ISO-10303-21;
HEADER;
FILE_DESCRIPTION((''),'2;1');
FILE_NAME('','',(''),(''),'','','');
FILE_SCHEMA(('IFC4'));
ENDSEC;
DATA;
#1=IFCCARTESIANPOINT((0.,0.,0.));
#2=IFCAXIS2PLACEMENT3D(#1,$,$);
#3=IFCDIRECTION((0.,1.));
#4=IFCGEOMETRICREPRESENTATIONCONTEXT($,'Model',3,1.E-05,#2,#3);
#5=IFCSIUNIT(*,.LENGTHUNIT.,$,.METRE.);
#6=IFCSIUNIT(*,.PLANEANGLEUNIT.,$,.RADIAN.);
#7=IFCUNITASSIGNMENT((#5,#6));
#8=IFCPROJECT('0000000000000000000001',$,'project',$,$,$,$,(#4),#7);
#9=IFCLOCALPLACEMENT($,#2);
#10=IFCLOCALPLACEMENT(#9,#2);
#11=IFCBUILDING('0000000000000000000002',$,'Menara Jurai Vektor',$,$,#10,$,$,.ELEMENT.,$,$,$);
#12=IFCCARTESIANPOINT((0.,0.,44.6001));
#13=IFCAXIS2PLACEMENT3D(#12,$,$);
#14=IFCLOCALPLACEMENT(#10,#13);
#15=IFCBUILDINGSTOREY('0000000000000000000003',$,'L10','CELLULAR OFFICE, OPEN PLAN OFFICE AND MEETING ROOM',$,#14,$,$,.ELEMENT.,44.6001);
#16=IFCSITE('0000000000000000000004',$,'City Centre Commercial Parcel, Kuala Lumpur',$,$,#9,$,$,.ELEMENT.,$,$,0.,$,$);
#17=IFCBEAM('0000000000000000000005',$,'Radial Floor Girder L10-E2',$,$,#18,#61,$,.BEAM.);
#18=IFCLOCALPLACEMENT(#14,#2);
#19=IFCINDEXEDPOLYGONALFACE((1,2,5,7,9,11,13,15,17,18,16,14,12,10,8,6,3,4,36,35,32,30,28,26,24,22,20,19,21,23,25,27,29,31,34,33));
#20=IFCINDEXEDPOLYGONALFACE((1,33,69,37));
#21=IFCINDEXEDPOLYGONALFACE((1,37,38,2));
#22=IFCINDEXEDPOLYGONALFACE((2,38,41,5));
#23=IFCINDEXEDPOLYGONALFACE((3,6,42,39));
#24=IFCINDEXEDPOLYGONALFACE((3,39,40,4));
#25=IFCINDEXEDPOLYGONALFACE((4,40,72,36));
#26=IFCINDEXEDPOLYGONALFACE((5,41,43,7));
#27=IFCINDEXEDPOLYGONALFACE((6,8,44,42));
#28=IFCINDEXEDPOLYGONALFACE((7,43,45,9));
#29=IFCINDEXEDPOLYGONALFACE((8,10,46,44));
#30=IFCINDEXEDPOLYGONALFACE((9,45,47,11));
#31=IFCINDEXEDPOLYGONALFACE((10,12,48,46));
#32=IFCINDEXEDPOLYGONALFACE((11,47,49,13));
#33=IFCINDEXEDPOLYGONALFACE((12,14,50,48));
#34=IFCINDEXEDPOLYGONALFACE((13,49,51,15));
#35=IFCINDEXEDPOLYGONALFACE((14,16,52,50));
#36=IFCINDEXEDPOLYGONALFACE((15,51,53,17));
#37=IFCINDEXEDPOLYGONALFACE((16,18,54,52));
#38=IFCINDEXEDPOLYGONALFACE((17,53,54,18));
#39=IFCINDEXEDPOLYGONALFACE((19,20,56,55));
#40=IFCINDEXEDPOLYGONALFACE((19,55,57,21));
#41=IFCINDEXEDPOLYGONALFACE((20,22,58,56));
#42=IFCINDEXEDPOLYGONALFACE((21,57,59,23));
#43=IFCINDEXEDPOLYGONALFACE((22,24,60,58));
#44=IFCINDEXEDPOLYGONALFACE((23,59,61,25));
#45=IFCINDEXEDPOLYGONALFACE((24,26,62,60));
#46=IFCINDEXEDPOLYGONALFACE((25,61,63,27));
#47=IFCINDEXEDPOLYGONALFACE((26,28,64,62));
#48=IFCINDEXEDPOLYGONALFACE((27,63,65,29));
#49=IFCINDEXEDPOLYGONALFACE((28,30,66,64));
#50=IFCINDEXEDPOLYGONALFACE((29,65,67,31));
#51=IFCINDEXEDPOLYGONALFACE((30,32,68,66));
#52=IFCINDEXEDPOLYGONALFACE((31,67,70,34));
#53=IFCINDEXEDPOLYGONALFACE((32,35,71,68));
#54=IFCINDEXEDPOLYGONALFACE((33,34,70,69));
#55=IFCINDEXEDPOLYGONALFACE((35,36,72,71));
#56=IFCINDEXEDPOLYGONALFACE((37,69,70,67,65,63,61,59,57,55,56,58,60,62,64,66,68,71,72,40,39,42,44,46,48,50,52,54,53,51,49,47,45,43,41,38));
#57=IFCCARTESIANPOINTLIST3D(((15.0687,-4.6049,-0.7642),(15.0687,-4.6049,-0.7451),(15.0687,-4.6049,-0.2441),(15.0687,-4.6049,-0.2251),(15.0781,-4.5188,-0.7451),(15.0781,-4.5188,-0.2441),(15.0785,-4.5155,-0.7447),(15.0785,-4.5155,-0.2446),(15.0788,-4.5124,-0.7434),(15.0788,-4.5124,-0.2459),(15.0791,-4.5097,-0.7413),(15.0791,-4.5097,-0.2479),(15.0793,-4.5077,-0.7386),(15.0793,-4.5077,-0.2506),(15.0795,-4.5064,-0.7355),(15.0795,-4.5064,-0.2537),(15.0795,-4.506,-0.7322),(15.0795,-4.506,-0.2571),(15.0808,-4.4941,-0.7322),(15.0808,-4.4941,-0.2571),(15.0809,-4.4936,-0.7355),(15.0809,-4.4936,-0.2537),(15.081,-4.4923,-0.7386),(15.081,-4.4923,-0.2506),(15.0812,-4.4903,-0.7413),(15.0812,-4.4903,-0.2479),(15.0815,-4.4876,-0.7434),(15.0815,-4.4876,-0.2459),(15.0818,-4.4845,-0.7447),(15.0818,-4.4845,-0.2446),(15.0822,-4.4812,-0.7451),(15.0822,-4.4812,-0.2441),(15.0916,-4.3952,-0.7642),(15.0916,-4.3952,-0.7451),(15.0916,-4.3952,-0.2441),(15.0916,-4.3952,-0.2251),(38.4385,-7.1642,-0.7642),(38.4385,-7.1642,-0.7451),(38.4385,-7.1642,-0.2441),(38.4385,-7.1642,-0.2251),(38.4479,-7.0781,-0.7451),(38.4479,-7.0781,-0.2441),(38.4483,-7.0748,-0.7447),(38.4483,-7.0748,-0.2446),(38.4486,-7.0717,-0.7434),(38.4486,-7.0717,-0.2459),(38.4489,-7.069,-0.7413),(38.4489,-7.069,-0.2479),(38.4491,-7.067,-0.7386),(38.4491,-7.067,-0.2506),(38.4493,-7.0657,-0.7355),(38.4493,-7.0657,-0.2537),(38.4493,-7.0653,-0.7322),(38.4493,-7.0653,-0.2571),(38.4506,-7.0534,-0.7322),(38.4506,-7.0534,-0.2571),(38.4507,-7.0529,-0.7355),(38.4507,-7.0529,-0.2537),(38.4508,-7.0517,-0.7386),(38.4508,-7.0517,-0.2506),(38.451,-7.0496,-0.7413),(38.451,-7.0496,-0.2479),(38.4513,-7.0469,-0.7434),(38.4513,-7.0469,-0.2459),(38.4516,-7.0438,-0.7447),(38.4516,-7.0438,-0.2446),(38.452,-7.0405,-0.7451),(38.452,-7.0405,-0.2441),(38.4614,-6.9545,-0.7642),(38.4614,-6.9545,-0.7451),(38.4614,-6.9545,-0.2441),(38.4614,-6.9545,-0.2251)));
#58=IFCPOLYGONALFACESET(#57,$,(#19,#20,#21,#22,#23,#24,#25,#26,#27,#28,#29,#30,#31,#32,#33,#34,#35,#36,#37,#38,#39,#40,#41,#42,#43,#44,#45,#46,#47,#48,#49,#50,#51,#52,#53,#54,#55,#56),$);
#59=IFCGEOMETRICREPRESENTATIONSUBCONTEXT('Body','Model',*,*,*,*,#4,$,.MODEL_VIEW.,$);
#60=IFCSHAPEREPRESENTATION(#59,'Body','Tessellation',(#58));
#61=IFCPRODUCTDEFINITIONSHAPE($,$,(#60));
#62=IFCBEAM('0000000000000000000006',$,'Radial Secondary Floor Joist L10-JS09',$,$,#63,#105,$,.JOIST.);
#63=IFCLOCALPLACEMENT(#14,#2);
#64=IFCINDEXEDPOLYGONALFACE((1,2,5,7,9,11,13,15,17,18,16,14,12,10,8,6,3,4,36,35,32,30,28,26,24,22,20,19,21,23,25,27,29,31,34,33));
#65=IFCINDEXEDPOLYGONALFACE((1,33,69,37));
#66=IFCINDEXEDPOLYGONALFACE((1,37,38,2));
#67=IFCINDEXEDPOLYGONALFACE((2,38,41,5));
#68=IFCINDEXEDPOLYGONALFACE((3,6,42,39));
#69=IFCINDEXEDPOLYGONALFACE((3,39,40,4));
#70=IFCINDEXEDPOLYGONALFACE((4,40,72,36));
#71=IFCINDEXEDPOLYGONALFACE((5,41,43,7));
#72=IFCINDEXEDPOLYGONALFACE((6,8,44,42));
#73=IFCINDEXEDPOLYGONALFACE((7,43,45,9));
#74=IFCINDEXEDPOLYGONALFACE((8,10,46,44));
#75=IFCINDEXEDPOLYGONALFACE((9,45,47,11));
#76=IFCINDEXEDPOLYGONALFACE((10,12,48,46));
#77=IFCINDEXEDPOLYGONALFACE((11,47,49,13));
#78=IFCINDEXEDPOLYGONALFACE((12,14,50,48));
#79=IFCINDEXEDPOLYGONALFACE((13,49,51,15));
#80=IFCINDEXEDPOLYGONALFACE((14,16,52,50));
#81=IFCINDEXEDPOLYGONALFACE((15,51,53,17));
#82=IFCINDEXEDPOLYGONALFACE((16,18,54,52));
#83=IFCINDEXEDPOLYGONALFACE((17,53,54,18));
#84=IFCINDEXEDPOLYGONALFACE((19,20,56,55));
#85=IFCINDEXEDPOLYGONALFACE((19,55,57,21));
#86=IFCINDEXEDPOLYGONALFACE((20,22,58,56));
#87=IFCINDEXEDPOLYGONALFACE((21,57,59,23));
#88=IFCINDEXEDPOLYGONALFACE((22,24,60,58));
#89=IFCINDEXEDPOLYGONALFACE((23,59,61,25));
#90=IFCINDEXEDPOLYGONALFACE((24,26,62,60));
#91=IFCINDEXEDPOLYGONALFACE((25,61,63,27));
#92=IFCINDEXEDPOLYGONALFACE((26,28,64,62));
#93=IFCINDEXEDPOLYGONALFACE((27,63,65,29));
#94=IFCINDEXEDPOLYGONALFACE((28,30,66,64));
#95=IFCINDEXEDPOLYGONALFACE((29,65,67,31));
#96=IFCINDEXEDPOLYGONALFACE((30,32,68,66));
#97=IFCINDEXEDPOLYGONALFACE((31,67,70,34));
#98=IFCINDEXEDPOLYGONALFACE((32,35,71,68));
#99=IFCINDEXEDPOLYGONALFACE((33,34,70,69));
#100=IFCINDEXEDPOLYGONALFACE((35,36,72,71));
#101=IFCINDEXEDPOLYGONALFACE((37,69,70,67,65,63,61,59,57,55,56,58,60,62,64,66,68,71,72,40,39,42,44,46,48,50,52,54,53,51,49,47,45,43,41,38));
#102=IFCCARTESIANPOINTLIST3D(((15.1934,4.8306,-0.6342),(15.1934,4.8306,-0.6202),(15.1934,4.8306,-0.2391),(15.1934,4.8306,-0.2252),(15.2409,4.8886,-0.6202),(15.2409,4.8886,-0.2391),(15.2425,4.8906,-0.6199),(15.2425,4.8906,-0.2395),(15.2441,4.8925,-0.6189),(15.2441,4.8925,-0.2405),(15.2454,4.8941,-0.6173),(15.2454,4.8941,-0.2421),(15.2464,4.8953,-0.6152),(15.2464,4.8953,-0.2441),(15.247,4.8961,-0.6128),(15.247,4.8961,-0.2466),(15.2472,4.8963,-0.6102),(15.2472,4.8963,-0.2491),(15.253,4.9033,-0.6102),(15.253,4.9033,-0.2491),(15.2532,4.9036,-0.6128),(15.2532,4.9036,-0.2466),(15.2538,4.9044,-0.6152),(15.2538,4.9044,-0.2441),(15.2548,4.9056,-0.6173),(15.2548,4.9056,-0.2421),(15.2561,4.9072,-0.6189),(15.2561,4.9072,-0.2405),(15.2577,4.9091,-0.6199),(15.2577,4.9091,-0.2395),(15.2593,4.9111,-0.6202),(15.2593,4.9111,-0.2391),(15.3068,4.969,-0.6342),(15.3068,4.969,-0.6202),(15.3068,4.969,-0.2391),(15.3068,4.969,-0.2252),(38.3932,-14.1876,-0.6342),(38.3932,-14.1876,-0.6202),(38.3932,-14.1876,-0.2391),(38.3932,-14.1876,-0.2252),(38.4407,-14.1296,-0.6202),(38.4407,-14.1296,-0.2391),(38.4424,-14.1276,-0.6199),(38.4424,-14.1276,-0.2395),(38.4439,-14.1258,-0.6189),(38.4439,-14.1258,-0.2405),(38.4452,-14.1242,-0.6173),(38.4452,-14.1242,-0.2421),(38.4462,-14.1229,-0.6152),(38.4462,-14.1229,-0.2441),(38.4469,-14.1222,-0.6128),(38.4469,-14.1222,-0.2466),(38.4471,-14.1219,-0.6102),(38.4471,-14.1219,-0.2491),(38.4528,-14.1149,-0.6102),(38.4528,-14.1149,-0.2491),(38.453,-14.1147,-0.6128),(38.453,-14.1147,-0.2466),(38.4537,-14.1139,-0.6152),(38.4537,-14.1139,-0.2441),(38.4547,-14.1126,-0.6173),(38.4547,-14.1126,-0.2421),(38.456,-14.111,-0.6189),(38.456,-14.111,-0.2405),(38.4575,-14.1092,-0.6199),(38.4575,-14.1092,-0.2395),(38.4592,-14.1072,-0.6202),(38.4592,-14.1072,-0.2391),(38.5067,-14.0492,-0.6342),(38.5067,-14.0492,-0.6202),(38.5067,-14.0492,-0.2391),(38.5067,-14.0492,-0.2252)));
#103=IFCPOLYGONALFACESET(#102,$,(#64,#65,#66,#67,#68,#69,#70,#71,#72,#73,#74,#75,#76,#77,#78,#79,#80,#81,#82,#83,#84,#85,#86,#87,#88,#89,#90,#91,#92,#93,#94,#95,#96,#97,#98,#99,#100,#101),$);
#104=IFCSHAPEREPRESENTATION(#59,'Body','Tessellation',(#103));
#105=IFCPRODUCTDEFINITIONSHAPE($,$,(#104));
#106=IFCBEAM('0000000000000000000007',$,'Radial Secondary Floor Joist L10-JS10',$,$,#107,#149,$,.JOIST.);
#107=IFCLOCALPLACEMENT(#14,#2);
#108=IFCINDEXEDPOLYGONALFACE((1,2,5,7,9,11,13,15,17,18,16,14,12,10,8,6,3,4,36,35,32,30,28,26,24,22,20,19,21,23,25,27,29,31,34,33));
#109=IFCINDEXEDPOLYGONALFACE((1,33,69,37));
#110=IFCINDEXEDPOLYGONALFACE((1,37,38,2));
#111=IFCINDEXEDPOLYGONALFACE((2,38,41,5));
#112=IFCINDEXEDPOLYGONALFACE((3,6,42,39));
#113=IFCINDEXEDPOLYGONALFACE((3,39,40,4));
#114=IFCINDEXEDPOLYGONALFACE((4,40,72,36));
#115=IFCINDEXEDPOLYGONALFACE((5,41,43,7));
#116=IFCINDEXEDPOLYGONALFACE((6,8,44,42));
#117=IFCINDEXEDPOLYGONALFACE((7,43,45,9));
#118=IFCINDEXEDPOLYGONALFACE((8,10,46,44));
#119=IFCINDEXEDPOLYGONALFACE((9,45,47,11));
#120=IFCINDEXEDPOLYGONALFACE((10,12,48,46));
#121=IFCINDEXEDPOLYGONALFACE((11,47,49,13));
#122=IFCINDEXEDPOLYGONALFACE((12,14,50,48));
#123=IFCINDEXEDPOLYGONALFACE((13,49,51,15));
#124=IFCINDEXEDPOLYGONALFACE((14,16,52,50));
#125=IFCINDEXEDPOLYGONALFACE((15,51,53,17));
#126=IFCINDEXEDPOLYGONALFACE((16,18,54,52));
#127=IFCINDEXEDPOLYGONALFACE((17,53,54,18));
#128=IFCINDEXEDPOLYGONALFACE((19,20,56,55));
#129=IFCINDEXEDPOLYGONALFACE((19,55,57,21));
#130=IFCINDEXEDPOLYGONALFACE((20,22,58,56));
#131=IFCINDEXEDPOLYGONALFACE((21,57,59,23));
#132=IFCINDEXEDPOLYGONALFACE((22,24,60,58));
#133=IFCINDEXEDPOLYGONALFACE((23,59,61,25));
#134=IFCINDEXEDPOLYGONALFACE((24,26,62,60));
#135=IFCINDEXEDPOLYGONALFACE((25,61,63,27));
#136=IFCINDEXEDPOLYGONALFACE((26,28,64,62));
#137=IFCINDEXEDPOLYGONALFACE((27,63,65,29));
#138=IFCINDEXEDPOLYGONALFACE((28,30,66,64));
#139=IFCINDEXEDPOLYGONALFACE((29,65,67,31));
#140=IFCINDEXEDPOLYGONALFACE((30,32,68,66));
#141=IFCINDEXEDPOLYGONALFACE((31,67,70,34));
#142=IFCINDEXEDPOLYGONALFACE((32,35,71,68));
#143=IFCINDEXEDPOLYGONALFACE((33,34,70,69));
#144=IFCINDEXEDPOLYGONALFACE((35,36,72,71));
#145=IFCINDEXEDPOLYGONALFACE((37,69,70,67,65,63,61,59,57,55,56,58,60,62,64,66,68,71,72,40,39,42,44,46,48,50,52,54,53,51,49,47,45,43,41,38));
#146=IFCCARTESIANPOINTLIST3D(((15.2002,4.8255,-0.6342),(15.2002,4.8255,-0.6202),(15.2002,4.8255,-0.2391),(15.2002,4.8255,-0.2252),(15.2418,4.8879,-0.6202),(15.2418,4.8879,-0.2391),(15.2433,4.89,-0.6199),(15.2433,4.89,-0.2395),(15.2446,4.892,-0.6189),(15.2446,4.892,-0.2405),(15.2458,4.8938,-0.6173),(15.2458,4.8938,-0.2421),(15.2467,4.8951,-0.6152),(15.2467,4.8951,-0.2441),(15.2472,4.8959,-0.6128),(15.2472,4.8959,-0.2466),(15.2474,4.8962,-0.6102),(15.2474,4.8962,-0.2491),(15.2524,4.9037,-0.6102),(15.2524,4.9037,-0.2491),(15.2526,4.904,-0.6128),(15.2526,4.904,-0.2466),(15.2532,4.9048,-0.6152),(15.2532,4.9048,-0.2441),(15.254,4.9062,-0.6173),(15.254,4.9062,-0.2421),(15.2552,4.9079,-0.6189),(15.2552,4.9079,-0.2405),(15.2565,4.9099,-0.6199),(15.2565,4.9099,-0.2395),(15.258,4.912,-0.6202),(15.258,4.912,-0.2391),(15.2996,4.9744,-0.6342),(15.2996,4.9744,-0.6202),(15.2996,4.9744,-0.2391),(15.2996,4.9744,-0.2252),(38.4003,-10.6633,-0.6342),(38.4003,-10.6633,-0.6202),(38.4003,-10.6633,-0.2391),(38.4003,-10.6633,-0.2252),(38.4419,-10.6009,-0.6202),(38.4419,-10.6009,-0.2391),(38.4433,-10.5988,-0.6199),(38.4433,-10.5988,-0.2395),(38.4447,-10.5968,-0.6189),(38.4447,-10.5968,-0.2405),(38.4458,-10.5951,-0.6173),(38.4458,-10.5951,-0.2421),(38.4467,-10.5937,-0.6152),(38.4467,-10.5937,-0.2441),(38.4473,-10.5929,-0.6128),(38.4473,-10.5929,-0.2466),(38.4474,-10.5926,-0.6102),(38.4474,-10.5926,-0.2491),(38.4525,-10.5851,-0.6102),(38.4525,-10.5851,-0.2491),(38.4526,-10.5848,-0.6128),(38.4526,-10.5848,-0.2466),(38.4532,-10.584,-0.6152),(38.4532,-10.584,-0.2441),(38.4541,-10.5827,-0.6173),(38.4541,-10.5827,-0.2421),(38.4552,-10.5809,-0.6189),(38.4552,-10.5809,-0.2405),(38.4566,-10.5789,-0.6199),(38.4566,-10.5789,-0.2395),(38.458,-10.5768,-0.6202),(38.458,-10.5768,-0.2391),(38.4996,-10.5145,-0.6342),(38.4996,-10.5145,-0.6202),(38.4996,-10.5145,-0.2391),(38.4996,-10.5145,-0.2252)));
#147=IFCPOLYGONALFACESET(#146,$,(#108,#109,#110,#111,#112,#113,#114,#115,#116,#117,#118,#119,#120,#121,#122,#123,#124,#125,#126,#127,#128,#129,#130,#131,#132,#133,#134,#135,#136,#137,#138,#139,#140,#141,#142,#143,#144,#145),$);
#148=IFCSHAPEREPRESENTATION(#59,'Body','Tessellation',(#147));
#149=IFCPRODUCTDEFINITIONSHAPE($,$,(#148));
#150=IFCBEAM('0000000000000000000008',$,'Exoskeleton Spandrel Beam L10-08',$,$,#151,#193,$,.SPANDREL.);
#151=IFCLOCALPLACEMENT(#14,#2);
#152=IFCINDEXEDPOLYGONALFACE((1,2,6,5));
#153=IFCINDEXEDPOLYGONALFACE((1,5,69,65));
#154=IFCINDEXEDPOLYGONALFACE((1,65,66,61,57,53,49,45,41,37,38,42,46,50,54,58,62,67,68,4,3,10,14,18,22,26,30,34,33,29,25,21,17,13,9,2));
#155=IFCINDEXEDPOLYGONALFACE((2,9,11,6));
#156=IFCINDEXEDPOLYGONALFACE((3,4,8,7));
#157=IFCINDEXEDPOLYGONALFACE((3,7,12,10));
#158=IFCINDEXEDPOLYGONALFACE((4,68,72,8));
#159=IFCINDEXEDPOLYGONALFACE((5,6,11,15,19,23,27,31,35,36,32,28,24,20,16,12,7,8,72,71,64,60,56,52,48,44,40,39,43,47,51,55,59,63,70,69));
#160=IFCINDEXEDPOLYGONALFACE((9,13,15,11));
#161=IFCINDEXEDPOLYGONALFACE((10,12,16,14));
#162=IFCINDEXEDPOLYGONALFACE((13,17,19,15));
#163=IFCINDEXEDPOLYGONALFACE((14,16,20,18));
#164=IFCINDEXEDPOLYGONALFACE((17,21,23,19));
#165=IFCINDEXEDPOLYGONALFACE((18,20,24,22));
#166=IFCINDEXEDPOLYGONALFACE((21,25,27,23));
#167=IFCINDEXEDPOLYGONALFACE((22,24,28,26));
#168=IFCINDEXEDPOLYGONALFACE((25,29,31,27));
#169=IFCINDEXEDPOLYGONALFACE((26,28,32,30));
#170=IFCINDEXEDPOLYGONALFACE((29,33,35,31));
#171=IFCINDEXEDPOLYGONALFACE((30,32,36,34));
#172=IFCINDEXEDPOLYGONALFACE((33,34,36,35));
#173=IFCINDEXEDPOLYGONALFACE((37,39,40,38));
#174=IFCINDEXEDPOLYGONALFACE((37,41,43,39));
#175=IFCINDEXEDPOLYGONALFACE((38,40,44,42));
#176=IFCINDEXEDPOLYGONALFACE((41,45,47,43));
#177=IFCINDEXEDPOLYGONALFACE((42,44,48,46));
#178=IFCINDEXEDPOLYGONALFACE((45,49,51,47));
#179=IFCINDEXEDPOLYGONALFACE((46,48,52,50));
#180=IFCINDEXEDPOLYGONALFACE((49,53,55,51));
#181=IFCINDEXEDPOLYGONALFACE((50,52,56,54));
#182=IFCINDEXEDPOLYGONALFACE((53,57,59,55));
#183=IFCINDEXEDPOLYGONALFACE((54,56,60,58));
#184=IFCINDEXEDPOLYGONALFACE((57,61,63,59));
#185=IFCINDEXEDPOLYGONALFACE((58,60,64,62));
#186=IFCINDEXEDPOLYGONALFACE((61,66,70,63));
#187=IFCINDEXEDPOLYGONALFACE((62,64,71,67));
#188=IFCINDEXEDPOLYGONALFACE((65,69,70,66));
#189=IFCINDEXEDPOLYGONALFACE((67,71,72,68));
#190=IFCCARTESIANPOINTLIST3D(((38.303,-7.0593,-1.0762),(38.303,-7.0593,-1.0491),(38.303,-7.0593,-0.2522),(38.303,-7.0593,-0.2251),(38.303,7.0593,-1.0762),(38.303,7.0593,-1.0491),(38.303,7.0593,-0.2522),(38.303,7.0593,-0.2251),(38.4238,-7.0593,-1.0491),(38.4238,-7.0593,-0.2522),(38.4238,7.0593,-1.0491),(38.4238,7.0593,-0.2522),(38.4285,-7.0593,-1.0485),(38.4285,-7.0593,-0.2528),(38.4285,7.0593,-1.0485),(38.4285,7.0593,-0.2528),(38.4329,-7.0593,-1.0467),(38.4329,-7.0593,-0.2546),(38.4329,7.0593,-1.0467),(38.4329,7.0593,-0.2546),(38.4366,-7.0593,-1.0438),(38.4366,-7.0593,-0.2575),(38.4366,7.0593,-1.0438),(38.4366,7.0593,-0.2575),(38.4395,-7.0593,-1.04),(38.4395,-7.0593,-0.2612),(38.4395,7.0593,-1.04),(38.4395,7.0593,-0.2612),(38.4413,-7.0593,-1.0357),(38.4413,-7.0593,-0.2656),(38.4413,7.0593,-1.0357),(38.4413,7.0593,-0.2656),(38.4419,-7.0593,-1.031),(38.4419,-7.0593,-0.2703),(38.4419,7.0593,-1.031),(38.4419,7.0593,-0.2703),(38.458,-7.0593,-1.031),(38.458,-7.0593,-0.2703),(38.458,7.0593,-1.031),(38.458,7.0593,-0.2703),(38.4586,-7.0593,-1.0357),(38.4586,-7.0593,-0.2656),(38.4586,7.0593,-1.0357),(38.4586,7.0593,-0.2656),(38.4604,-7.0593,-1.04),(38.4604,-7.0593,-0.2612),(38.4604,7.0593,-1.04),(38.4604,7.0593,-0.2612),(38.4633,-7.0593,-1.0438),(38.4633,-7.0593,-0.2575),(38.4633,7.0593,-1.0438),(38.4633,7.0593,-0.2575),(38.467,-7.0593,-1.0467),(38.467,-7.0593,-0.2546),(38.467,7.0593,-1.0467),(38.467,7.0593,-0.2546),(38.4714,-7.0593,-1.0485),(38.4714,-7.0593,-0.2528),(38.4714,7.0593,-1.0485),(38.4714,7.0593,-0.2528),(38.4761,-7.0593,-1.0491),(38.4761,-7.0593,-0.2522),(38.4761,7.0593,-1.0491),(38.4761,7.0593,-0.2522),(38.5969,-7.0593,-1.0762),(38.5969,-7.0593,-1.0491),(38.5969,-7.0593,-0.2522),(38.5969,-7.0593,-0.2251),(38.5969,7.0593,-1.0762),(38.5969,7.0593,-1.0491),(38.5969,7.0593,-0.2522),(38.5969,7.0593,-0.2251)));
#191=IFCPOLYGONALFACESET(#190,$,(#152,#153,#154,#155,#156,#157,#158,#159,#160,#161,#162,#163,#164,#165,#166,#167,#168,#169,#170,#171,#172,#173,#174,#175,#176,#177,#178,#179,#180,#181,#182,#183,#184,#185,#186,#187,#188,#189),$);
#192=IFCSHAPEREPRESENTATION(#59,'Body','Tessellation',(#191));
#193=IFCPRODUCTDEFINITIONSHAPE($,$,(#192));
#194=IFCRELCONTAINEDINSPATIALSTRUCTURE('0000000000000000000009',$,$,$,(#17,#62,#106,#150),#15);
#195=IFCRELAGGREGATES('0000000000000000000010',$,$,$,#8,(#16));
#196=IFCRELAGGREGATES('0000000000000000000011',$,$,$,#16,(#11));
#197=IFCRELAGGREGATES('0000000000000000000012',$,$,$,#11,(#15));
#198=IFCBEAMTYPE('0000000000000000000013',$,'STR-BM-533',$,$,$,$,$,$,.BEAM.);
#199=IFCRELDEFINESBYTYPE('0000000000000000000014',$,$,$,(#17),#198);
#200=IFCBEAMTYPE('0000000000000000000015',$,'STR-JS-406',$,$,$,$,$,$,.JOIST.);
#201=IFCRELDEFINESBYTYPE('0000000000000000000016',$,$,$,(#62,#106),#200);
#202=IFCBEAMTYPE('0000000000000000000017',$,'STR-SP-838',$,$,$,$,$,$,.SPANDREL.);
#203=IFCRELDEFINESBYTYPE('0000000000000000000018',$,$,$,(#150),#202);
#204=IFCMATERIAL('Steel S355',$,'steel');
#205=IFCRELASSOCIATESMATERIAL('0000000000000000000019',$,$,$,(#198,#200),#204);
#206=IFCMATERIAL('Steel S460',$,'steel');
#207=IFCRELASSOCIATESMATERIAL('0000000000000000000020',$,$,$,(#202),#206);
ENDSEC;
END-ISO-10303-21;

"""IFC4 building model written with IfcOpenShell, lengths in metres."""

from ifc_helpers import new_model, si_unit, direction, frame, origin, origin_2d, place, context, subcontext, project, spatial, i_section, extrude, material, material_profile, profile_set, type_object, element, save


model = new_model("IFC4")

# Units and contexts
model_context = context("Model", 3, precision=1e-05, world=origin(), true_north=direction((0.0, 1.0)))
body_context = subcontext(model_context, "Body", "Model", "MODEL_VIEW")
ifc_project = project(units=[si_unit("LENGTHUNIT", "METRE"), si_unit("PLANEANGLEUNIT", "RADIAN")], contexts=[model_context])

# Site, building, storey
site_placement = place(None, origin())
site = spatial("IfcSite", under=ifc_project, at=site_placement, Name="City Centre Commercial Parcel, Kuala Lumpur", CompositionType="ELEMENT", RefElevation=0.0)
building_placement = place(site_placement, origin())
building = spatial("IfcBuilding", under=site, at=building_placement, Name="Menara Jurai Vektor", CompositionType="ELEMENT")
storey_placement = place(building_placement, frame((0.0, 0.0, 44.6001)))
storey = spatial("IfcBuildingStorey", under=building, at=storey_placement, Name="L10", Description="CELLULAR OFFICE, OPEN PLAN OFFICE AND MEETING ROOM", CompositionType="ELEMENT", Elevation=44.6001)

# Shared definitions
ifc_material_1 = material(Name="Steel S460", Category="steel")

# Beams
ifc_material_2 = material(Name="Steel S355", Category="steel")
ifc_material_profile_1 = material_profile(ifc_material_2, i_section(OverallWidth=0.2109, OverallDepth=0.5391, WebThickness=0.012, FlangeThickness=0.019, FilletRadius=0.0129, at=origin_2d()), Name="UKB 533x210x109")
ifc_profile_set_1 = profile_set([ifc_material_profile_1], Name="Steel S355")
beam_type_1 = type_object("IfcBeamType", Name="STR-BM-533", PredefinedType="BEAM", material=ifc_profile_set_1)
beam_1_placement = place(storey_placement, frame((38.45, -7.0593, -0.4946), z_axis=(-0.994057, 0.108863, 0.0), x_axis=(-0.108863, -0.994057, 0.0)))
element("IfcBeam", 1, at=beam_1_placement, inside=storey, type_object=beam_type_1, Name="Radial Floor Girder L10-E2", PredefinedType="BEAM", context=body_context, shape_type="SweptSolid", body=[
    extrude(i_section(OverallWidth=0.2109, OverallDepth=0.5391, WebThickness=0.012, FlangeThickness=0.019, FilletRadius=0.0129, at=origin_2d()), origin(), (0.0, 0.0, 1.0), 23.5095),
])
ifc_material_profile_2 = material_profile(ifc_material_2, i_section(OverallWidth=0.179, OverallDepth=0.4089, WebThickness=0.009, FlangeThickness=0.0139, FilletRadius=0.01, at=origin_2d()), Name="UKB 406x178x67")
ifc_profile_set_2 = profile_set([ifc_material_profile_2], Name="Steel S355")
beam_type_2 = type_object("IfcBeamType", Name="STR-JS-406", PredefinedType="JOIST", material=ifc_profile_set_2)
beam_2_placement = place(storey_placement, frame((38.45, -14.1184, -0.4297), z_axis=(-0.77336, 0.633967, 0.0), x_axis=(-0.633967, -0.77336, 0.0)))
element("IfcBeam", 2, at=beam_2_placement, inside=storey, type_object=beam_type_2, Name="Radial Secondary Floor Joist L10-JS09", PredefinedType="JOIST", context=body_context, shape_type="SweptSolid", body=[
    extrude(i_section(OverallWidth=0.179, OverallDepth=0.4089, WebThickness=0.009, FlangeThickness=0.0139, FilletRadius=0.01, at=origin_2d()), origin(), (0.0, 0.0, 1.0), 29.9988),
])
beam_3_placement = place(storey_placement, frame((38.45, -10.5889, -0.4297), z_axis=(-0.831684, 0.555249, 0.0), x_axis=(-0.555249, -0.831684, 0.0)))
element("IfcBeam", 3, at=beam_3_placement, inside=storey, type_object=beam_type_2, Name="Radial Secondary Floor Joist L10-JS10", PredefinedType="JOIST", context=body_context, shape_type="SweptSolid", body=[
    extrude(i_section(OverallWidth=0.179, OverallDepth=0.4089, WebThickness=0.009, FlangeThickness=0.0139, FilletRadius=0.01, at=origin_2d()), origin(), (0.0, 0.0, 1.0), 27.8953),
])
ifc_material_profile_3 = material_profile(ifc_material_1, i_section(OverallWidth=0.2939, OverallDepth=0.8511, WebThickness=0.0161, FlangeThickness=0.0271, FilletRadius=0.0181, at=origin_2d()), Name="UKB 838x292x226")
ifc_profile_set_3 = profile_set([ifc_material_profile_3], Name="Steel S460")
beam_type_3 = type_object("IfcBeamType", Name="STR-SP-838", PredefinedType="SPANDREL", material=ifc_profile_set_3)
beam_4_placement = place(storey_placement, frame((38.45, -7.0593, -0.6506), z_axis=(0.0, 1.0, 0.0), x_axis=(-1.0, 0.0, 0.0)))
element("IfcBeam", 4, at=beam_4_placement, inside=storey, type_object=beam_type_3, Name="Exoskeleton Spandrel Beam L10-08", PredefinedType="SPANDREL", context=body_context, shape_type="SweptSolid", body=[
    extrude(i_section(OverallWidth=0.2939, OverallDepth=0.8511, WebThickness=0.0161, FlangeThickness=0.0271, FilletRadius=0.0181, at=origin_2d()), origin(), (0.0, 0.0, 1.0), 14.1187),
])

save(model, "model.ifc")
